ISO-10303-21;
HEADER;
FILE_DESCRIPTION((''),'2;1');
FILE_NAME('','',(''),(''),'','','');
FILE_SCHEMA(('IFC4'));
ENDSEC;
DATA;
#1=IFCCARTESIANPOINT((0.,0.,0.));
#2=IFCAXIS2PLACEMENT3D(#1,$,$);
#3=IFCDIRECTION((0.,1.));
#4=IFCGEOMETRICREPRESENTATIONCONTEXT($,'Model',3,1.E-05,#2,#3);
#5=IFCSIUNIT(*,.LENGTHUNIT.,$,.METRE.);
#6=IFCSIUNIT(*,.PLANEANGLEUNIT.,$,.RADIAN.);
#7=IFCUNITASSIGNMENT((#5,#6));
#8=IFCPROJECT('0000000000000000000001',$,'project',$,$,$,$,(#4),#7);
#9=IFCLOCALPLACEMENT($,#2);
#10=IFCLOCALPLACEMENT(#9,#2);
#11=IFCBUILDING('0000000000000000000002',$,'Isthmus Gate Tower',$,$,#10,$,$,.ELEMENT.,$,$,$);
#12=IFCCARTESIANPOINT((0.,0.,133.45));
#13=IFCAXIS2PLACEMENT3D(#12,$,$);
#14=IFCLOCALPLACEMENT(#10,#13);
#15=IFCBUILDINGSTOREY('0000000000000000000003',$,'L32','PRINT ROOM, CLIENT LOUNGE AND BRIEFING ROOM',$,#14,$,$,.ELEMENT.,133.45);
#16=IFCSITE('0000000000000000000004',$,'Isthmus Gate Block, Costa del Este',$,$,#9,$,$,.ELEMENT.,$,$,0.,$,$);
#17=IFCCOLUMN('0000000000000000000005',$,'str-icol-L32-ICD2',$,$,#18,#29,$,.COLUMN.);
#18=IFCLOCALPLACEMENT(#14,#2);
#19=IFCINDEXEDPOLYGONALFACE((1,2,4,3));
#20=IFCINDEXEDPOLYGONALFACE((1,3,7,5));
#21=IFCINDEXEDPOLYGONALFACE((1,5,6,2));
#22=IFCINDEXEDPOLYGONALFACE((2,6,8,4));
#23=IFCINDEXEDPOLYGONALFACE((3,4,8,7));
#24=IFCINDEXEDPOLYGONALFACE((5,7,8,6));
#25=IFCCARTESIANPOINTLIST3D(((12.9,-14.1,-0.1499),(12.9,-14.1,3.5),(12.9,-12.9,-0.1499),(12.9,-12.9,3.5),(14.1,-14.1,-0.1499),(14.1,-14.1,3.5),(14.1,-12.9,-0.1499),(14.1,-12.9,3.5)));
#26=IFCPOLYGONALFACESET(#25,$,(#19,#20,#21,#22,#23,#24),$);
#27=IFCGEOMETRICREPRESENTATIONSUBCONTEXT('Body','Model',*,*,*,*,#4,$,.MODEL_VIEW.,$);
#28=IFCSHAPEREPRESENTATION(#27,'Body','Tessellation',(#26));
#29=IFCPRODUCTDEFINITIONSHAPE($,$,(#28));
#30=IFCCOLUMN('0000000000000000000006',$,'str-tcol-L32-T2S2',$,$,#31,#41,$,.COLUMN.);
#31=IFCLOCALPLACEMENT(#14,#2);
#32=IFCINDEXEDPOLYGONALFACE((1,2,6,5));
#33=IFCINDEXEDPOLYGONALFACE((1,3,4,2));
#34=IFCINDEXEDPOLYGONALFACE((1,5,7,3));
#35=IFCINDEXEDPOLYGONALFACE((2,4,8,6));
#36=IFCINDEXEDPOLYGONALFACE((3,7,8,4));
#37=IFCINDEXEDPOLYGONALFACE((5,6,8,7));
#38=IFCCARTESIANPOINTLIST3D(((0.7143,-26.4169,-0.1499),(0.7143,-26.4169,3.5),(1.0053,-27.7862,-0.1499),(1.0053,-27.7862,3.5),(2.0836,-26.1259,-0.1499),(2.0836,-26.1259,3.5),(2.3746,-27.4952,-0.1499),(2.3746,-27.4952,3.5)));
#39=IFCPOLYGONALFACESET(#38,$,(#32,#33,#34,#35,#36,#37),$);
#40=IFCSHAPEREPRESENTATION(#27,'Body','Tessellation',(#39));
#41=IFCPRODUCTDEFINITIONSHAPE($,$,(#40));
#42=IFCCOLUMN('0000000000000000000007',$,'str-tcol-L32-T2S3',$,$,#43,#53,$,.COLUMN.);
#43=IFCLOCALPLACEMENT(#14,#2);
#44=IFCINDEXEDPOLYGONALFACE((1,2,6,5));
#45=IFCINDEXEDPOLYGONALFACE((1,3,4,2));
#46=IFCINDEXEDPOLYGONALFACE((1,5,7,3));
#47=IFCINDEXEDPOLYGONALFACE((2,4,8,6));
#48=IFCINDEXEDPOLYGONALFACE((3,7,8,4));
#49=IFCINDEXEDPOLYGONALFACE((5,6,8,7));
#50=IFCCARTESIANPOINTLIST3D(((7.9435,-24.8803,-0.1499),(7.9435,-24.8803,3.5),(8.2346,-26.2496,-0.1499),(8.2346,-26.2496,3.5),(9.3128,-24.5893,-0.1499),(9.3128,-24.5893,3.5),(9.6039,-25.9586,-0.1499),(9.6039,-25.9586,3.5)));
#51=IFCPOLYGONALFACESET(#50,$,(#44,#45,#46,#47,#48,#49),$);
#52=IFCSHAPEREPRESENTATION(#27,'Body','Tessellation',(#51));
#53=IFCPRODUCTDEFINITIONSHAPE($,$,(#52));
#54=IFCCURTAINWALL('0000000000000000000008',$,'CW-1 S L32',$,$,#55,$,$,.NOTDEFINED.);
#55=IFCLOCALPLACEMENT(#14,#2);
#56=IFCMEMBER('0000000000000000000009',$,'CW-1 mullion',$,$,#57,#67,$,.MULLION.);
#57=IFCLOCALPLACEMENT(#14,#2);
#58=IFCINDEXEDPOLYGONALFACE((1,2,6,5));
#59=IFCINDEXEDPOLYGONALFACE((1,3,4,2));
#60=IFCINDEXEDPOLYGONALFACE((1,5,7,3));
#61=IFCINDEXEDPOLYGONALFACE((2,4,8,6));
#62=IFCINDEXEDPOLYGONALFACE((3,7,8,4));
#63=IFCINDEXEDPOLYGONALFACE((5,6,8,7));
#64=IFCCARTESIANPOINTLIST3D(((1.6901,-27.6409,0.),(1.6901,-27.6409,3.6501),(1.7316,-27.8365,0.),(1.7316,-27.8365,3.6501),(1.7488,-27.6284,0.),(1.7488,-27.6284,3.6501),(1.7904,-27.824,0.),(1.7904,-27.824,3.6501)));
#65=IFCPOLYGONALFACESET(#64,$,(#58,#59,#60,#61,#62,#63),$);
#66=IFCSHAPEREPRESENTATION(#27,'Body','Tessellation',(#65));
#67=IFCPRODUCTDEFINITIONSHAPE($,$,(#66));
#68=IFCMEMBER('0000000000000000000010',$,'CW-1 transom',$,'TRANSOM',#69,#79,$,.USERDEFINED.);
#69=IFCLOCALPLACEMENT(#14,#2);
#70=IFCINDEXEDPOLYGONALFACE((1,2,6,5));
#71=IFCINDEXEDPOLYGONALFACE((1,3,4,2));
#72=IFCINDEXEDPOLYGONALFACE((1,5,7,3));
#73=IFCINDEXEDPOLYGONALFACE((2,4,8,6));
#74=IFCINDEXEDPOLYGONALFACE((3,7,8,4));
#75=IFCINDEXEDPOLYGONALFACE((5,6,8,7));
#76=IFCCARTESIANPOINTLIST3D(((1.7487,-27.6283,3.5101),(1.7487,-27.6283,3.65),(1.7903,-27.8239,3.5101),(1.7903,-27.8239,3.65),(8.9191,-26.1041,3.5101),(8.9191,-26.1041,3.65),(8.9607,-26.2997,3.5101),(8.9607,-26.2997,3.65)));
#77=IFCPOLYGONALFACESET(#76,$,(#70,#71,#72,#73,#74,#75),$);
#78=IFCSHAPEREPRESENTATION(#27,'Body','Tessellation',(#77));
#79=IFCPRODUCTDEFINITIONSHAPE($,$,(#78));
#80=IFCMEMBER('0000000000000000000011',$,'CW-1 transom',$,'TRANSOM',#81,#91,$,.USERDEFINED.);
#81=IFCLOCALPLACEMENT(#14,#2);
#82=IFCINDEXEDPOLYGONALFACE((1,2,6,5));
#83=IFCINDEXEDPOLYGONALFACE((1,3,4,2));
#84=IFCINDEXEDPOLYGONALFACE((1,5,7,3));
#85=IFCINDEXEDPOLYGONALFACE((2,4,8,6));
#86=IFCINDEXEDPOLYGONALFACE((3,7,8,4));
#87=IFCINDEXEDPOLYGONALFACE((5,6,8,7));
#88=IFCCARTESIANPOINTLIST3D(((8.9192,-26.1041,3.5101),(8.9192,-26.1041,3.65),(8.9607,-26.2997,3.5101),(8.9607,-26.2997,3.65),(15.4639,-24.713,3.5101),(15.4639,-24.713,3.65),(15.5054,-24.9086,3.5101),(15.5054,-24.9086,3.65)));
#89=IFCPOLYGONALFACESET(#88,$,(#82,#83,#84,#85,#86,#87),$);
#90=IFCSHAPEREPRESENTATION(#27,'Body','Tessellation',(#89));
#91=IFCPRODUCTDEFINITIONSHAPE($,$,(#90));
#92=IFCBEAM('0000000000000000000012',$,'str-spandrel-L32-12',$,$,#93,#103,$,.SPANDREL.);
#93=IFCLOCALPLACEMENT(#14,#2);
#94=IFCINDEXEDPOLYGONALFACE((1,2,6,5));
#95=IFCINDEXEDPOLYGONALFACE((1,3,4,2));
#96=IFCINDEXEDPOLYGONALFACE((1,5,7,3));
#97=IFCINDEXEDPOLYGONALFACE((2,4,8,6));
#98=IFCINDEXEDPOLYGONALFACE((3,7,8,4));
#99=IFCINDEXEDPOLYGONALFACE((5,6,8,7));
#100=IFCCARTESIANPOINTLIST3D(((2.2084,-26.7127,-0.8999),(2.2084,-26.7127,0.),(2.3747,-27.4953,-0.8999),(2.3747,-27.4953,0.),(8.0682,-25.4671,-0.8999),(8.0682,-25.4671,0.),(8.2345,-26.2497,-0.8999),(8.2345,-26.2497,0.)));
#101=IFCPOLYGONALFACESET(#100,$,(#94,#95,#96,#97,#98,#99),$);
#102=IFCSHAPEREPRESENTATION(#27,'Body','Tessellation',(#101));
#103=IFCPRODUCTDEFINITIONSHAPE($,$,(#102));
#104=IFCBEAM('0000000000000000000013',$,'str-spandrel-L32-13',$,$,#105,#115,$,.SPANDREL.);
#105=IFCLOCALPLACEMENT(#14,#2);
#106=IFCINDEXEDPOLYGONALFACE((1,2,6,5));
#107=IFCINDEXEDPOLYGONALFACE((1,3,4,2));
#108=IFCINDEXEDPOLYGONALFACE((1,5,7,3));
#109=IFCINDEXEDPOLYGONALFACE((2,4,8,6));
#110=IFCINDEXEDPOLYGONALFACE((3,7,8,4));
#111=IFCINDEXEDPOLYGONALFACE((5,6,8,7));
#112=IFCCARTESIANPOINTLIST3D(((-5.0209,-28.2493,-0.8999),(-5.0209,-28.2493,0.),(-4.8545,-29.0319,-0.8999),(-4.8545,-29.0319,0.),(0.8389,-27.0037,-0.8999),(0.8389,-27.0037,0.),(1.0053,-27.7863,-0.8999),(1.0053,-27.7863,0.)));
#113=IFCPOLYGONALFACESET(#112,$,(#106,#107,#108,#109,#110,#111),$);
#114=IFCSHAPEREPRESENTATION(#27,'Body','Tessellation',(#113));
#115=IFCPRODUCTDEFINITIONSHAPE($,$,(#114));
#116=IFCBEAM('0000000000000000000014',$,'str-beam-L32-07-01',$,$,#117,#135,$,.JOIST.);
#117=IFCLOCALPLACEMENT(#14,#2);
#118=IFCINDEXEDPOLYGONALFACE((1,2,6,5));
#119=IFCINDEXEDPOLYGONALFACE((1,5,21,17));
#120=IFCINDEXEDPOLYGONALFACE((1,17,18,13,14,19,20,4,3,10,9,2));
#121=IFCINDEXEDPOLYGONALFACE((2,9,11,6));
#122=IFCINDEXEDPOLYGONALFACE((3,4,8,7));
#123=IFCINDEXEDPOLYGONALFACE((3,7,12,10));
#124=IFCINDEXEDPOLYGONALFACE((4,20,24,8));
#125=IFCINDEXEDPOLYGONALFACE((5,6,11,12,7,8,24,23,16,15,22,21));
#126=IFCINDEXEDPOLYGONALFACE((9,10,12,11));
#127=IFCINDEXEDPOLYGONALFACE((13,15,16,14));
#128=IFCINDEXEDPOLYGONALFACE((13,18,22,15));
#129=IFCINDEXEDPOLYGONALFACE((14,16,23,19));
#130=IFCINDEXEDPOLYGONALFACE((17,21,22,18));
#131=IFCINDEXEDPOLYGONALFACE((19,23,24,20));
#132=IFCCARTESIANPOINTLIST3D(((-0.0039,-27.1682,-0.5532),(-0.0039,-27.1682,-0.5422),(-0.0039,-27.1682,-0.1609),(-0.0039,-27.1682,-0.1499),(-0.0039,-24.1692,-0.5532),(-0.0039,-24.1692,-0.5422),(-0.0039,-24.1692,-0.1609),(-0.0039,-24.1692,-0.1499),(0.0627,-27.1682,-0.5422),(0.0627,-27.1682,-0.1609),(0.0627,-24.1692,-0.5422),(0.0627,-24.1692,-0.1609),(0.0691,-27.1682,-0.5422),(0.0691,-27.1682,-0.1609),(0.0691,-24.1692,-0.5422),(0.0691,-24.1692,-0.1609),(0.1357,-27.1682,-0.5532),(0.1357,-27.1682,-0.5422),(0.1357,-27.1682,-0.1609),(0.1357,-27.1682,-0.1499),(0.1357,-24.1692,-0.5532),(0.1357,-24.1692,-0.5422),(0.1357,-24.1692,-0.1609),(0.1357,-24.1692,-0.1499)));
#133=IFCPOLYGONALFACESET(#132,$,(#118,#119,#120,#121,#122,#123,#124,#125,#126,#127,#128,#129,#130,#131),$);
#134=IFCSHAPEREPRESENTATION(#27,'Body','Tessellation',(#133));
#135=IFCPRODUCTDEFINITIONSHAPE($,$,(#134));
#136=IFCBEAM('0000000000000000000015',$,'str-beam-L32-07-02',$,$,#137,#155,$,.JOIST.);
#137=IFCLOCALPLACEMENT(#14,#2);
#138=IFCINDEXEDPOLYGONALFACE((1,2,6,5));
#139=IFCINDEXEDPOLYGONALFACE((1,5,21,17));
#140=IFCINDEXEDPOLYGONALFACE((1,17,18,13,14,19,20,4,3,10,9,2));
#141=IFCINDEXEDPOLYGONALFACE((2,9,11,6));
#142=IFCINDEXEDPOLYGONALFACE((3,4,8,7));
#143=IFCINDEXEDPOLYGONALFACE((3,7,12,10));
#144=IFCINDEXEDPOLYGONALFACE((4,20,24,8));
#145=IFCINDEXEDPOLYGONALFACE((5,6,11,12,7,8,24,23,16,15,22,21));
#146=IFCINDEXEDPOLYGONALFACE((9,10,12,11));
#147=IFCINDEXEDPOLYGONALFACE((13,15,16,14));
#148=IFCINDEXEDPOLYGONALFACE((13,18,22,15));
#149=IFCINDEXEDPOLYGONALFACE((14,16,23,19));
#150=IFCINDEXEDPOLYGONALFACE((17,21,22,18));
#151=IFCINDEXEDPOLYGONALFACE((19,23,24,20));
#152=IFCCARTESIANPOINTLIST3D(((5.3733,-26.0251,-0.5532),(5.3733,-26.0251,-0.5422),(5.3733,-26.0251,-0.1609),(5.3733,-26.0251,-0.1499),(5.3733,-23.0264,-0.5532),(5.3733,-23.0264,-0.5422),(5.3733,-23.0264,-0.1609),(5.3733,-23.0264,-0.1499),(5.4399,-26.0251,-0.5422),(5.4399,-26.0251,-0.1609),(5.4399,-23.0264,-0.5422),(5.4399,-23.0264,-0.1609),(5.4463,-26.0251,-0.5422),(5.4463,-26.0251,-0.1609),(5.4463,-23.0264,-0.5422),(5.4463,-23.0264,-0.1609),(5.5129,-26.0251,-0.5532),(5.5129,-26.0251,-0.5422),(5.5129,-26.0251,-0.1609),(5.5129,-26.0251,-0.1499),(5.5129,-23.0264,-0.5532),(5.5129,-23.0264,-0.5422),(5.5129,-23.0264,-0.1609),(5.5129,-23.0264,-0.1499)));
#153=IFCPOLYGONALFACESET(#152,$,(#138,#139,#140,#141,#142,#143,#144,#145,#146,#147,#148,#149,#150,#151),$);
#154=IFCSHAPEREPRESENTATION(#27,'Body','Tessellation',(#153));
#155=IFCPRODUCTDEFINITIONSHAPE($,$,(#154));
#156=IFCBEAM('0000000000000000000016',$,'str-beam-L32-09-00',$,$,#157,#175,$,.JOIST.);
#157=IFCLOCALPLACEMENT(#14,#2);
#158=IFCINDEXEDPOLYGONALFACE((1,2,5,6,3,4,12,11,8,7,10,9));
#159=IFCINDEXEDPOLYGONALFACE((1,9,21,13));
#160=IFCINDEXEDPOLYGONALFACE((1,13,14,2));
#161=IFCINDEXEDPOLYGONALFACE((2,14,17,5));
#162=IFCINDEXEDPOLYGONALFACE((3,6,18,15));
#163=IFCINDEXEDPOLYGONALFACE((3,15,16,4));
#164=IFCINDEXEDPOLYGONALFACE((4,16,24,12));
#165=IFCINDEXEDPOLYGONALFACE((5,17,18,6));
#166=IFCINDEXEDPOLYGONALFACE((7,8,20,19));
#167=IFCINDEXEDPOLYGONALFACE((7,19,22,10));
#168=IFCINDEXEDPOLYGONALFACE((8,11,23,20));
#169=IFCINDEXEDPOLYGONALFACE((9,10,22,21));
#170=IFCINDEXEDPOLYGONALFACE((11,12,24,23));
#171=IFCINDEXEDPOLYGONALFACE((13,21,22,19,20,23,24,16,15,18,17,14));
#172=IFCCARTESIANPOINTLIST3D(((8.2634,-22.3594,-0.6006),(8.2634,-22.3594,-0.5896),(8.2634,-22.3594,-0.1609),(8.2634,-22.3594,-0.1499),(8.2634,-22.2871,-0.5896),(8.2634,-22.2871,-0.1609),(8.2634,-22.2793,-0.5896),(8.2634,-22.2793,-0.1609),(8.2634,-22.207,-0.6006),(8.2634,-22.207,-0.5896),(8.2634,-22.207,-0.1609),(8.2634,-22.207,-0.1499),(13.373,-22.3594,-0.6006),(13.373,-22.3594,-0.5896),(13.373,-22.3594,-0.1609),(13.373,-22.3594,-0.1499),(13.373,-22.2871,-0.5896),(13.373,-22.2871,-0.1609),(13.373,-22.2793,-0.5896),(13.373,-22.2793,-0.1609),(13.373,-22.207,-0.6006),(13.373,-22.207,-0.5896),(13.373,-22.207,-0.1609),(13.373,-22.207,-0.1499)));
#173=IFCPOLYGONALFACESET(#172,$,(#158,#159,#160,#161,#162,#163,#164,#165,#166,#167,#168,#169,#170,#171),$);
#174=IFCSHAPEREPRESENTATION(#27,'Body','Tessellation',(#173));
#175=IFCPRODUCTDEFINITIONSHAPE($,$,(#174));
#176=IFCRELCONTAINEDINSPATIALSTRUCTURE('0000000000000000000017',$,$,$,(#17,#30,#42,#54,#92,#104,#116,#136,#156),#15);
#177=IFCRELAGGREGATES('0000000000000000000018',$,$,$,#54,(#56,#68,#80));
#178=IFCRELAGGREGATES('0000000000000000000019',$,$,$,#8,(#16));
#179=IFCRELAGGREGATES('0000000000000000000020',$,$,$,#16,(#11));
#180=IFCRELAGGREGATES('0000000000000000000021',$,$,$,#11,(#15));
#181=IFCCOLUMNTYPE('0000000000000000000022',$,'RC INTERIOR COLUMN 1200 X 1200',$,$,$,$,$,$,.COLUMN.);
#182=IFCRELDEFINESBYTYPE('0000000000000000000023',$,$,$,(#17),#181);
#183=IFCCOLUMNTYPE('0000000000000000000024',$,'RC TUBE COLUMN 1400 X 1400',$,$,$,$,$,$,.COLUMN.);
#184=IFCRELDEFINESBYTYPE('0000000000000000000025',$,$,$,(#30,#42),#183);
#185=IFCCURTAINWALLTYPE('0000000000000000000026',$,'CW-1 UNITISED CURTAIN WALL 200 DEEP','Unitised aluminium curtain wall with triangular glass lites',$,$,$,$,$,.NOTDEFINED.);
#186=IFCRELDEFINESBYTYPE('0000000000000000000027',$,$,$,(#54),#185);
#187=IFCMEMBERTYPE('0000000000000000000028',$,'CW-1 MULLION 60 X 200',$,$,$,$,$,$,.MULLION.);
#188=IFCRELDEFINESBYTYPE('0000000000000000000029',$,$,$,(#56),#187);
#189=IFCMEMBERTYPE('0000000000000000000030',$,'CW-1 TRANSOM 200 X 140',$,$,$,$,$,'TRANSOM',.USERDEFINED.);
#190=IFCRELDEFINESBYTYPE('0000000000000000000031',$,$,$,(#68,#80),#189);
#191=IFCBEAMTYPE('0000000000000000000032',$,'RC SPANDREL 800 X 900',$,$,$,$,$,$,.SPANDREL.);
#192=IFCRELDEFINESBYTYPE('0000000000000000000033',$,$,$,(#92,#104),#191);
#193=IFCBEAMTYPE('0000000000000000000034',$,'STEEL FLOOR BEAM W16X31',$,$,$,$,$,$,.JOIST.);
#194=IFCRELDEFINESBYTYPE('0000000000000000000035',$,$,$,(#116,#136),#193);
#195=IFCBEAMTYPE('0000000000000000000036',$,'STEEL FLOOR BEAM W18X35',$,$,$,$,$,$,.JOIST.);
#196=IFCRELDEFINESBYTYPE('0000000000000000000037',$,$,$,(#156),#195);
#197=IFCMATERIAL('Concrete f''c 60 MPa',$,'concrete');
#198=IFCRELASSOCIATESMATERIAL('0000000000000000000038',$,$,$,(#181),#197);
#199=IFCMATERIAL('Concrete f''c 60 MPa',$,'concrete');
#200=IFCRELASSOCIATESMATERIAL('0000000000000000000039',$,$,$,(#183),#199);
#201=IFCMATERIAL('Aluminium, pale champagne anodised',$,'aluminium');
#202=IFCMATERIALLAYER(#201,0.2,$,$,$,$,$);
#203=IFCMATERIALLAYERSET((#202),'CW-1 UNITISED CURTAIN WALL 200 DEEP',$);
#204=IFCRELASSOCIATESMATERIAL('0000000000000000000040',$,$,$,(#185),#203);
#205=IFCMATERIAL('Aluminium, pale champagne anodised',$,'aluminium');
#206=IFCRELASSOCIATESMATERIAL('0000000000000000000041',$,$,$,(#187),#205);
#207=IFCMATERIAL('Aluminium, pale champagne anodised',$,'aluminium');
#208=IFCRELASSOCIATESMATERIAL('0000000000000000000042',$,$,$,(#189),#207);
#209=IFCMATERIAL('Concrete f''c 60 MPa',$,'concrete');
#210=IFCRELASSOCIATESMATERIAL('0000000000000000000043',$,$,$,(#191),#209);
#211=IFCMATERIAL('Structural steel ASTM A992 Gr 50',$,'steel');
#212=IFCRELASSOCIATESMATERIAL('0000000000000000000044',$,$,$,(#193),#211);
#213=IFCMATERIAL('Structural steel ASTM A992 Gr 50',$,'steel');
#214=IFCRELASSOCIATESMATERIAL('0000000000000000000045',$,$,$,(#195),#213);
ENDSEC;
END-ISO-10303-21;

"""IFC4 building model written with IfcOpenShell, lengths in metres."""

from ifc_helpers import new_model, si_unit, direction, frame, origin, origin_2d, place, context, subcontext, project, spatial, rectangle, i_section, extrude, material, layer, layer_set, material_profile, profile_set, type_object, element, aggregate, save


model = new_model("IFC4")

# Units and contexts
model_context = context("Model", 3, precision=1e-05, world=origin(), true_north=direction((0.0, 1.0)))
body_context = subcontext(model_context, "Body", "Model", "MODEL_VIEW")
ifc_project = project(units=[si_unit("LENGTHUNIT", "METRE"), si_unit("PLANEANGLEUNIT", "RADIAN")], contexts=[model_context])

# Site, building, storey
site_placement = place(None, origin())
site = spatial("IfcSite", under=ifc_project, at=site_placement, Name="Isthmus Gate Block, Costa del Este", CompositionType="ELEMENT", RefElevation=0.0)
building_placement = place(site_placement, origin())
building = spatial("IfcBuilding", under=site, at=building_placement, Name="Isthmus Gate Tower", CompositionType="ELEMENT")
storey_placement = place(building_placement, frame((0.0, 0.0, 133.45)))
storey = spatial("IfcBuildingStorey", under=building, at=storey_placement, Name="L32", Description="PRINT ROOM, CLIENT LOUNGE AND BRIEFING ROOM", CompositionType="ELEMENT", Elevation=133.45)

# Columns
ifc_material_1 = material(Name="Concrete f'c 60 MPa", Category="concrete")
ifc_material_profile_1 = material_profile(ifc_material_1, rectangle(XDim=1.2, YDim=1.2, at=origin_2d()), Name="RC 1200X1200")
ifc_profile_set_1 = profile_set([ifc_material_profile_1], Name="Concrete f'c 60 MPa")
column_type_1 = type_object("IfcColumnType", Name="RC INTERIOR COLUMN 1200 X 1200", PredefinedType="COLUMN", material=ifc_profile_set_1)
column_placement = place(storey_placement, frame((13.5, -13.5, -0.1499), z_axis=(0.0, 0.0, 1.0), x_axis=(1.0, 0.0, 0.0)))
element("IfcColumn", 1, at=column_placement, inside=storey, type_object=column_type_1, Name="str-icol-L32-ICD2", PredefinedType="COLUMN", context=body_context, shape_type="SweptSolid", body=[
    extrude(rectangle(XDim=1.2, YDim=1.2, at=origin_2d()), origin(), (0.0, 0.0, 1.0), 3.6499),
])
ifc_material_2 = material(Name="Concrete f'c 60 MPa", Category="concrete")
ifc_material_profile_2 = material_profile(ifc_material_2, rectangle(XDim=1.3999, YDim=1.3999, at=origin_2d()), Name="RC 1400X1400")
ifc_profile_set_2 = profile_set([ifc_material_profile_2], Name="Concrete f'c 60 MPa")
column_type_2 = type_object("IfcColumnType", Name="RC TUBE COLUMN 1400 X 1400", PredefinedType="COLUMN", material=ifc_profile_set_2)
for number, where, z_axis, x_axis, name in (
    (2, (1.5444, -26.9561, -0.1499), (0.0, 0.0, 1.0), (0.978148, 0.207912, 0.0), "str-tcol-L32-T2S2"),
    (3, (8.7737, -25.4194, -0.1499), (0.0, 0.0, 1.0), (0.978148, 0.207912, 0.0), "str-tcol-L32-T2S3"),
):
    element("IfcColumn", number, at=place(storey_placement, frame(where, z_axis=z_axis, x_axis=x_axis)), inside=storey, type_object=column_type_2, Name=name, PredefinedType="COLUMN", context=body_context, shape_type="SweptSolid", body=[
        extrude(rectangle(XDim=1.3999, YDim=1.3999, at=origin_2d()), origin(), (0.0, 0.0, 1.0), 3.6499),
    ])

# Curtain wall, members
ifc_material_3 = material(Name="Aluminium, pale champagne anodised", Category="aluminium")
ifc_layer_1 = layer(ifc_material_3, 0.2)
ifc_layer_set_1 = layer_set([ifc_layer_1], Name="CW-1 UNITISED CURTAIN WALL 200 DEEP")
curtain_wall_type = type_object("IfcCurtainWallType", Name="CW-1 UNITISED CURTAIN WALL 200 DEEP", Description="Unitised aluminium curtain wall with triangular glass lites", PredefinedType="NOTDEFINED", material=ifc_layer_set_1)
curtain_wall_placement = place(storey_placement, origin())
curtain_wall = element("IfcCurtainWall", 4, at=curtain_wall_placement, inside=storey, type_object=curtain_wall_type, Name="CW-1 S L32", PredefinedType="NOTDEFINED")
ifc_material_4 = material(Name="Aluminium, pale champagne anodised", Category="aluminium")
ifc_material_profile_3 = material_profile(ifc_material_4, rectangle(XDim=0.0601, YDim=0.2, at=origin_2d()), Name="60x200")
ifc_profile_set_3 = profile_set([ifc_material_profile_3], Name="Aluminium, pale champagne anodised")
member_type_1 = type_object("IfcMemberType", Name="CW-1 MULLION 60 X 200", PredefinedType="MULLION", material=ifc_profile_set_3)
member_1_placement = place(storey_placement, frame((1.7402, -27.7324, 0.0), z_axis=(0.0, 0.0, 1.0), x_axis=(0.978148, 0.207912, 0.0)))
member_1 = element("IfcMember", 5, at=member_1_placement, type_object=member_type_1, Name="CW-1 mullion", PredefinedType="MULLION", context=body_context, shape_type="SweptSolid", body=[
    extrude(rectangle(XDim=0.0601, YDim=0.2, at=origin_2d()), origin(), (0.0, 0.0, 1.0), 3.6501),
])
ifc_material_5 = material(Name="Aluminium, pale champagne anodised", Category="aluminium")
ifc_material_profile_4 = material_profile(ifc_material_5, rectangle(XDim=0.2, YDim=0.1399, at=origin_2d()), Name="200x140")
ifc_profile_set_4 = profile_set([ifc_material_profile_4], Name="Aluminium, pale champagne anodised")
member_type_2 = type_object("IfcMemberType", Name="CW-1 TRANSOM 200 X 140", ElementType="TRANSOM", PredefinedType="USERDEFINED", material=ifc_profile_set_4)
member_2_placement = place(storey_placement, frame((1.7695, -27.7261, 3.5801), z_axis=(0.978146, 0.207919, 0.0), x_axis=(-0.207919, 0.978146, 0.0)))
member_2 = element("IfcMember", 6, at=member_2_placement, type_object=member_type_2, Name="CW-1 transom", ObjectType="TRANSOM", PredefinedType="USERDEFINED", context=body_context, shape_type="SweptSolid", body=[
    extrude(rectangle(XDim=0.2, YDim=0.1399, at=origin_2d()), origin(), (0.0, 0.0, 1.0), 7.3306),
])
member_3_placement = place(storey_placement, frame((8.9399, -26.2019, 3.5801), z_axis=(0.978148, 0.207912, 0.0), x_axis=(-0.207912, 0.978148, 0.0)))
member_3 = element("IfcMember", 7, at=member_3_placement, type_object=member_type_2, Name="CW-1 transom", ObjectType="TRANSOM", PredefinedType="USERDEFINED", context=body_context, shape_type="SweptSolid", body=[
    extrude(rectangle(XDim=0.2, YDim=0.1399, at=origin_2d()), origin(), (0.0, 0.0, 1.0), 6.6909),
])

# Beams
ifc_material_6 = material(Name="Concrete f'c 60 MPa", Category="concrete")
ifc_material_profile_5 = material_profile(ifc_material_6, rectangle(XDim=0.8, YDim=0.8999, at=origin_2d()), Name="RC 800X900")
ifc_profile_set_5 = profile_set([ifc_material_profile_5], Name="Concrete f'c 60 MPa")
beam_type_1 = type_object("IfcBeamType", Name="RC SPANDREL 800 X 900", PredefinedType="SPANDREL", material=ifc_profile_set_5)
for number, where, z_axis, x_axis, name in (
    (8, (8.1514, -25.8584, -0.45), (-0.978146, -0.20792, 0.0), (0.20792, -0.978146, 0.0), "str-spandrel-L32-12"),
    (9, (0.9221, -27.395, -0.45), (-0.978146, -0.20792, 0.0), (0.20792, -0.978146, 0.0), "str-spandrel-L32-13"),
):
    element("IfcBeam", number, at=place(storey_placement, frame(where, z_axis=z_axis, x_axis=x_axis)), inside=storey, type_object=beam_type_1, Name=name, PredefinedType="SPANDREL", context=body_context, shape_type="SweptSolid", body=[
        extrude(rectangle(XDim=0.8, YDim=0.8999, at=origin_2d()), origin(), (0.0, 0.0, 1.0), 5.9907),
    ])
ifc_material_7 = material(Name="Structural steel ASTM A992 Gr 50", Category="steel")
ifc_material_profile_6 = material_profile(ifc_material_7, i_section(OverallWidth=0.1396, OverallDepth=0.4033, WebThickness=0.0063, FlangeThickness=0.011, at=origin_2d()), Name="W16X31")
ifc_profile_set_6 = profile_set([ifc_material_profile_6], Name="Structural steel ASTM A992 Gr 50")
beam_type_2 = type_object("IfcBeamType", Name="STEEL FLOOR BEAM W16X31", PredefinedType="JOIST", material=ifc_profile_set_6)
beam_1_placement = place(storey_placement, frame((0.0659, -27.1682, -0.3516), z_axis=(0.0, 1.0, 0.0), x_axis=(-1.0, 0.0, 0.0)))
element("IfcBeam", 10, at=beam_1_placement, inside=storey, type_object=beam_type_2, Name="str-beam-L32-07-01", PredefinedType="JOIST", context=body_context, shape_type="SweptSolid", body=[
    extrude(i_section(OverallWidth=0.1396, OverallDepth=0.4033, WebThickness=0.0063, FlangeThickness=0.011, at=origin_2d()), origin(), (0.0, 0.0, 1.0), 2.999),
])
beam_2_placement = place(storey_placement, frame((5.4431, -26.0251, -0.3516), z_axis=(0.0, 1.0, 0.0), x_axis=(-1.0, 0.0, 0.0)))
element("IfcBeam", 11, at=beam_2_placement, inside=storey, type_object=beam_type_2, Name="str-beam-L32-07-02", PredefinedType="JOIST", context=body_context, shape_type="SweptSolid", body=[
    extrude(i_section(OverallWidth=0.1396, OverallDepth=0.4033, WebThickness=0.0063, FlangeThickness=0.011, at=origin_2d()), origin(), (0.0, 0.0, 1.0), 2.9988),
])
ifc_material_8 = material(Name="Structural steel ASTM A992 Gr 50", Category="steel")
ifc_material_profile_7 = material_profile(ifc_material_8, i_section(OverallWidth=0.1523, OverallDepth=0.4507, WebThickness=0.0078, FlangeThickness=0.011, at=origin_2d()), Name="W18X35")
ifc_profile_set_7 = profile_set([ifc_material_profile_7], Name="Structural steel ASTM A992 Gr 50")
beam_type_3 = type_object("IfcBeamType", Name="STEEL FLOOR BEAM W18X35", PredefinedType="JOIST", material=ifc_profile_set_7)
for number, where, z_axis, x_axis, name in (
    (12, (8.2634, -22.2832, -0.3752), (1.0, 0.0, 0.0), (0.0, 1.0, 0.0), "str-beam-L32-09-00"),
):
    element("IfcBeam", number, at=place(storey_placement, frame(where, z_axis=z_axis, x_axis=x_axis)), inside=storey, type_object=beam_type_3, Name=name, PredefinedType="JOIST", context=body_context, shape_type="SweptSolid", body=[
        extrude(i_section(OverallWidth=0.1523, OverallDepth=0.4507, WebThickness=0.0078, FlangeThickness=0.011, at=origin_2d()), origin(), (0.0, 0.0, 1.0), 5.1096),
    ])

aggregate(curtain_wall, [member_1, member_2, member_3])

save(model, "model.ifc")
